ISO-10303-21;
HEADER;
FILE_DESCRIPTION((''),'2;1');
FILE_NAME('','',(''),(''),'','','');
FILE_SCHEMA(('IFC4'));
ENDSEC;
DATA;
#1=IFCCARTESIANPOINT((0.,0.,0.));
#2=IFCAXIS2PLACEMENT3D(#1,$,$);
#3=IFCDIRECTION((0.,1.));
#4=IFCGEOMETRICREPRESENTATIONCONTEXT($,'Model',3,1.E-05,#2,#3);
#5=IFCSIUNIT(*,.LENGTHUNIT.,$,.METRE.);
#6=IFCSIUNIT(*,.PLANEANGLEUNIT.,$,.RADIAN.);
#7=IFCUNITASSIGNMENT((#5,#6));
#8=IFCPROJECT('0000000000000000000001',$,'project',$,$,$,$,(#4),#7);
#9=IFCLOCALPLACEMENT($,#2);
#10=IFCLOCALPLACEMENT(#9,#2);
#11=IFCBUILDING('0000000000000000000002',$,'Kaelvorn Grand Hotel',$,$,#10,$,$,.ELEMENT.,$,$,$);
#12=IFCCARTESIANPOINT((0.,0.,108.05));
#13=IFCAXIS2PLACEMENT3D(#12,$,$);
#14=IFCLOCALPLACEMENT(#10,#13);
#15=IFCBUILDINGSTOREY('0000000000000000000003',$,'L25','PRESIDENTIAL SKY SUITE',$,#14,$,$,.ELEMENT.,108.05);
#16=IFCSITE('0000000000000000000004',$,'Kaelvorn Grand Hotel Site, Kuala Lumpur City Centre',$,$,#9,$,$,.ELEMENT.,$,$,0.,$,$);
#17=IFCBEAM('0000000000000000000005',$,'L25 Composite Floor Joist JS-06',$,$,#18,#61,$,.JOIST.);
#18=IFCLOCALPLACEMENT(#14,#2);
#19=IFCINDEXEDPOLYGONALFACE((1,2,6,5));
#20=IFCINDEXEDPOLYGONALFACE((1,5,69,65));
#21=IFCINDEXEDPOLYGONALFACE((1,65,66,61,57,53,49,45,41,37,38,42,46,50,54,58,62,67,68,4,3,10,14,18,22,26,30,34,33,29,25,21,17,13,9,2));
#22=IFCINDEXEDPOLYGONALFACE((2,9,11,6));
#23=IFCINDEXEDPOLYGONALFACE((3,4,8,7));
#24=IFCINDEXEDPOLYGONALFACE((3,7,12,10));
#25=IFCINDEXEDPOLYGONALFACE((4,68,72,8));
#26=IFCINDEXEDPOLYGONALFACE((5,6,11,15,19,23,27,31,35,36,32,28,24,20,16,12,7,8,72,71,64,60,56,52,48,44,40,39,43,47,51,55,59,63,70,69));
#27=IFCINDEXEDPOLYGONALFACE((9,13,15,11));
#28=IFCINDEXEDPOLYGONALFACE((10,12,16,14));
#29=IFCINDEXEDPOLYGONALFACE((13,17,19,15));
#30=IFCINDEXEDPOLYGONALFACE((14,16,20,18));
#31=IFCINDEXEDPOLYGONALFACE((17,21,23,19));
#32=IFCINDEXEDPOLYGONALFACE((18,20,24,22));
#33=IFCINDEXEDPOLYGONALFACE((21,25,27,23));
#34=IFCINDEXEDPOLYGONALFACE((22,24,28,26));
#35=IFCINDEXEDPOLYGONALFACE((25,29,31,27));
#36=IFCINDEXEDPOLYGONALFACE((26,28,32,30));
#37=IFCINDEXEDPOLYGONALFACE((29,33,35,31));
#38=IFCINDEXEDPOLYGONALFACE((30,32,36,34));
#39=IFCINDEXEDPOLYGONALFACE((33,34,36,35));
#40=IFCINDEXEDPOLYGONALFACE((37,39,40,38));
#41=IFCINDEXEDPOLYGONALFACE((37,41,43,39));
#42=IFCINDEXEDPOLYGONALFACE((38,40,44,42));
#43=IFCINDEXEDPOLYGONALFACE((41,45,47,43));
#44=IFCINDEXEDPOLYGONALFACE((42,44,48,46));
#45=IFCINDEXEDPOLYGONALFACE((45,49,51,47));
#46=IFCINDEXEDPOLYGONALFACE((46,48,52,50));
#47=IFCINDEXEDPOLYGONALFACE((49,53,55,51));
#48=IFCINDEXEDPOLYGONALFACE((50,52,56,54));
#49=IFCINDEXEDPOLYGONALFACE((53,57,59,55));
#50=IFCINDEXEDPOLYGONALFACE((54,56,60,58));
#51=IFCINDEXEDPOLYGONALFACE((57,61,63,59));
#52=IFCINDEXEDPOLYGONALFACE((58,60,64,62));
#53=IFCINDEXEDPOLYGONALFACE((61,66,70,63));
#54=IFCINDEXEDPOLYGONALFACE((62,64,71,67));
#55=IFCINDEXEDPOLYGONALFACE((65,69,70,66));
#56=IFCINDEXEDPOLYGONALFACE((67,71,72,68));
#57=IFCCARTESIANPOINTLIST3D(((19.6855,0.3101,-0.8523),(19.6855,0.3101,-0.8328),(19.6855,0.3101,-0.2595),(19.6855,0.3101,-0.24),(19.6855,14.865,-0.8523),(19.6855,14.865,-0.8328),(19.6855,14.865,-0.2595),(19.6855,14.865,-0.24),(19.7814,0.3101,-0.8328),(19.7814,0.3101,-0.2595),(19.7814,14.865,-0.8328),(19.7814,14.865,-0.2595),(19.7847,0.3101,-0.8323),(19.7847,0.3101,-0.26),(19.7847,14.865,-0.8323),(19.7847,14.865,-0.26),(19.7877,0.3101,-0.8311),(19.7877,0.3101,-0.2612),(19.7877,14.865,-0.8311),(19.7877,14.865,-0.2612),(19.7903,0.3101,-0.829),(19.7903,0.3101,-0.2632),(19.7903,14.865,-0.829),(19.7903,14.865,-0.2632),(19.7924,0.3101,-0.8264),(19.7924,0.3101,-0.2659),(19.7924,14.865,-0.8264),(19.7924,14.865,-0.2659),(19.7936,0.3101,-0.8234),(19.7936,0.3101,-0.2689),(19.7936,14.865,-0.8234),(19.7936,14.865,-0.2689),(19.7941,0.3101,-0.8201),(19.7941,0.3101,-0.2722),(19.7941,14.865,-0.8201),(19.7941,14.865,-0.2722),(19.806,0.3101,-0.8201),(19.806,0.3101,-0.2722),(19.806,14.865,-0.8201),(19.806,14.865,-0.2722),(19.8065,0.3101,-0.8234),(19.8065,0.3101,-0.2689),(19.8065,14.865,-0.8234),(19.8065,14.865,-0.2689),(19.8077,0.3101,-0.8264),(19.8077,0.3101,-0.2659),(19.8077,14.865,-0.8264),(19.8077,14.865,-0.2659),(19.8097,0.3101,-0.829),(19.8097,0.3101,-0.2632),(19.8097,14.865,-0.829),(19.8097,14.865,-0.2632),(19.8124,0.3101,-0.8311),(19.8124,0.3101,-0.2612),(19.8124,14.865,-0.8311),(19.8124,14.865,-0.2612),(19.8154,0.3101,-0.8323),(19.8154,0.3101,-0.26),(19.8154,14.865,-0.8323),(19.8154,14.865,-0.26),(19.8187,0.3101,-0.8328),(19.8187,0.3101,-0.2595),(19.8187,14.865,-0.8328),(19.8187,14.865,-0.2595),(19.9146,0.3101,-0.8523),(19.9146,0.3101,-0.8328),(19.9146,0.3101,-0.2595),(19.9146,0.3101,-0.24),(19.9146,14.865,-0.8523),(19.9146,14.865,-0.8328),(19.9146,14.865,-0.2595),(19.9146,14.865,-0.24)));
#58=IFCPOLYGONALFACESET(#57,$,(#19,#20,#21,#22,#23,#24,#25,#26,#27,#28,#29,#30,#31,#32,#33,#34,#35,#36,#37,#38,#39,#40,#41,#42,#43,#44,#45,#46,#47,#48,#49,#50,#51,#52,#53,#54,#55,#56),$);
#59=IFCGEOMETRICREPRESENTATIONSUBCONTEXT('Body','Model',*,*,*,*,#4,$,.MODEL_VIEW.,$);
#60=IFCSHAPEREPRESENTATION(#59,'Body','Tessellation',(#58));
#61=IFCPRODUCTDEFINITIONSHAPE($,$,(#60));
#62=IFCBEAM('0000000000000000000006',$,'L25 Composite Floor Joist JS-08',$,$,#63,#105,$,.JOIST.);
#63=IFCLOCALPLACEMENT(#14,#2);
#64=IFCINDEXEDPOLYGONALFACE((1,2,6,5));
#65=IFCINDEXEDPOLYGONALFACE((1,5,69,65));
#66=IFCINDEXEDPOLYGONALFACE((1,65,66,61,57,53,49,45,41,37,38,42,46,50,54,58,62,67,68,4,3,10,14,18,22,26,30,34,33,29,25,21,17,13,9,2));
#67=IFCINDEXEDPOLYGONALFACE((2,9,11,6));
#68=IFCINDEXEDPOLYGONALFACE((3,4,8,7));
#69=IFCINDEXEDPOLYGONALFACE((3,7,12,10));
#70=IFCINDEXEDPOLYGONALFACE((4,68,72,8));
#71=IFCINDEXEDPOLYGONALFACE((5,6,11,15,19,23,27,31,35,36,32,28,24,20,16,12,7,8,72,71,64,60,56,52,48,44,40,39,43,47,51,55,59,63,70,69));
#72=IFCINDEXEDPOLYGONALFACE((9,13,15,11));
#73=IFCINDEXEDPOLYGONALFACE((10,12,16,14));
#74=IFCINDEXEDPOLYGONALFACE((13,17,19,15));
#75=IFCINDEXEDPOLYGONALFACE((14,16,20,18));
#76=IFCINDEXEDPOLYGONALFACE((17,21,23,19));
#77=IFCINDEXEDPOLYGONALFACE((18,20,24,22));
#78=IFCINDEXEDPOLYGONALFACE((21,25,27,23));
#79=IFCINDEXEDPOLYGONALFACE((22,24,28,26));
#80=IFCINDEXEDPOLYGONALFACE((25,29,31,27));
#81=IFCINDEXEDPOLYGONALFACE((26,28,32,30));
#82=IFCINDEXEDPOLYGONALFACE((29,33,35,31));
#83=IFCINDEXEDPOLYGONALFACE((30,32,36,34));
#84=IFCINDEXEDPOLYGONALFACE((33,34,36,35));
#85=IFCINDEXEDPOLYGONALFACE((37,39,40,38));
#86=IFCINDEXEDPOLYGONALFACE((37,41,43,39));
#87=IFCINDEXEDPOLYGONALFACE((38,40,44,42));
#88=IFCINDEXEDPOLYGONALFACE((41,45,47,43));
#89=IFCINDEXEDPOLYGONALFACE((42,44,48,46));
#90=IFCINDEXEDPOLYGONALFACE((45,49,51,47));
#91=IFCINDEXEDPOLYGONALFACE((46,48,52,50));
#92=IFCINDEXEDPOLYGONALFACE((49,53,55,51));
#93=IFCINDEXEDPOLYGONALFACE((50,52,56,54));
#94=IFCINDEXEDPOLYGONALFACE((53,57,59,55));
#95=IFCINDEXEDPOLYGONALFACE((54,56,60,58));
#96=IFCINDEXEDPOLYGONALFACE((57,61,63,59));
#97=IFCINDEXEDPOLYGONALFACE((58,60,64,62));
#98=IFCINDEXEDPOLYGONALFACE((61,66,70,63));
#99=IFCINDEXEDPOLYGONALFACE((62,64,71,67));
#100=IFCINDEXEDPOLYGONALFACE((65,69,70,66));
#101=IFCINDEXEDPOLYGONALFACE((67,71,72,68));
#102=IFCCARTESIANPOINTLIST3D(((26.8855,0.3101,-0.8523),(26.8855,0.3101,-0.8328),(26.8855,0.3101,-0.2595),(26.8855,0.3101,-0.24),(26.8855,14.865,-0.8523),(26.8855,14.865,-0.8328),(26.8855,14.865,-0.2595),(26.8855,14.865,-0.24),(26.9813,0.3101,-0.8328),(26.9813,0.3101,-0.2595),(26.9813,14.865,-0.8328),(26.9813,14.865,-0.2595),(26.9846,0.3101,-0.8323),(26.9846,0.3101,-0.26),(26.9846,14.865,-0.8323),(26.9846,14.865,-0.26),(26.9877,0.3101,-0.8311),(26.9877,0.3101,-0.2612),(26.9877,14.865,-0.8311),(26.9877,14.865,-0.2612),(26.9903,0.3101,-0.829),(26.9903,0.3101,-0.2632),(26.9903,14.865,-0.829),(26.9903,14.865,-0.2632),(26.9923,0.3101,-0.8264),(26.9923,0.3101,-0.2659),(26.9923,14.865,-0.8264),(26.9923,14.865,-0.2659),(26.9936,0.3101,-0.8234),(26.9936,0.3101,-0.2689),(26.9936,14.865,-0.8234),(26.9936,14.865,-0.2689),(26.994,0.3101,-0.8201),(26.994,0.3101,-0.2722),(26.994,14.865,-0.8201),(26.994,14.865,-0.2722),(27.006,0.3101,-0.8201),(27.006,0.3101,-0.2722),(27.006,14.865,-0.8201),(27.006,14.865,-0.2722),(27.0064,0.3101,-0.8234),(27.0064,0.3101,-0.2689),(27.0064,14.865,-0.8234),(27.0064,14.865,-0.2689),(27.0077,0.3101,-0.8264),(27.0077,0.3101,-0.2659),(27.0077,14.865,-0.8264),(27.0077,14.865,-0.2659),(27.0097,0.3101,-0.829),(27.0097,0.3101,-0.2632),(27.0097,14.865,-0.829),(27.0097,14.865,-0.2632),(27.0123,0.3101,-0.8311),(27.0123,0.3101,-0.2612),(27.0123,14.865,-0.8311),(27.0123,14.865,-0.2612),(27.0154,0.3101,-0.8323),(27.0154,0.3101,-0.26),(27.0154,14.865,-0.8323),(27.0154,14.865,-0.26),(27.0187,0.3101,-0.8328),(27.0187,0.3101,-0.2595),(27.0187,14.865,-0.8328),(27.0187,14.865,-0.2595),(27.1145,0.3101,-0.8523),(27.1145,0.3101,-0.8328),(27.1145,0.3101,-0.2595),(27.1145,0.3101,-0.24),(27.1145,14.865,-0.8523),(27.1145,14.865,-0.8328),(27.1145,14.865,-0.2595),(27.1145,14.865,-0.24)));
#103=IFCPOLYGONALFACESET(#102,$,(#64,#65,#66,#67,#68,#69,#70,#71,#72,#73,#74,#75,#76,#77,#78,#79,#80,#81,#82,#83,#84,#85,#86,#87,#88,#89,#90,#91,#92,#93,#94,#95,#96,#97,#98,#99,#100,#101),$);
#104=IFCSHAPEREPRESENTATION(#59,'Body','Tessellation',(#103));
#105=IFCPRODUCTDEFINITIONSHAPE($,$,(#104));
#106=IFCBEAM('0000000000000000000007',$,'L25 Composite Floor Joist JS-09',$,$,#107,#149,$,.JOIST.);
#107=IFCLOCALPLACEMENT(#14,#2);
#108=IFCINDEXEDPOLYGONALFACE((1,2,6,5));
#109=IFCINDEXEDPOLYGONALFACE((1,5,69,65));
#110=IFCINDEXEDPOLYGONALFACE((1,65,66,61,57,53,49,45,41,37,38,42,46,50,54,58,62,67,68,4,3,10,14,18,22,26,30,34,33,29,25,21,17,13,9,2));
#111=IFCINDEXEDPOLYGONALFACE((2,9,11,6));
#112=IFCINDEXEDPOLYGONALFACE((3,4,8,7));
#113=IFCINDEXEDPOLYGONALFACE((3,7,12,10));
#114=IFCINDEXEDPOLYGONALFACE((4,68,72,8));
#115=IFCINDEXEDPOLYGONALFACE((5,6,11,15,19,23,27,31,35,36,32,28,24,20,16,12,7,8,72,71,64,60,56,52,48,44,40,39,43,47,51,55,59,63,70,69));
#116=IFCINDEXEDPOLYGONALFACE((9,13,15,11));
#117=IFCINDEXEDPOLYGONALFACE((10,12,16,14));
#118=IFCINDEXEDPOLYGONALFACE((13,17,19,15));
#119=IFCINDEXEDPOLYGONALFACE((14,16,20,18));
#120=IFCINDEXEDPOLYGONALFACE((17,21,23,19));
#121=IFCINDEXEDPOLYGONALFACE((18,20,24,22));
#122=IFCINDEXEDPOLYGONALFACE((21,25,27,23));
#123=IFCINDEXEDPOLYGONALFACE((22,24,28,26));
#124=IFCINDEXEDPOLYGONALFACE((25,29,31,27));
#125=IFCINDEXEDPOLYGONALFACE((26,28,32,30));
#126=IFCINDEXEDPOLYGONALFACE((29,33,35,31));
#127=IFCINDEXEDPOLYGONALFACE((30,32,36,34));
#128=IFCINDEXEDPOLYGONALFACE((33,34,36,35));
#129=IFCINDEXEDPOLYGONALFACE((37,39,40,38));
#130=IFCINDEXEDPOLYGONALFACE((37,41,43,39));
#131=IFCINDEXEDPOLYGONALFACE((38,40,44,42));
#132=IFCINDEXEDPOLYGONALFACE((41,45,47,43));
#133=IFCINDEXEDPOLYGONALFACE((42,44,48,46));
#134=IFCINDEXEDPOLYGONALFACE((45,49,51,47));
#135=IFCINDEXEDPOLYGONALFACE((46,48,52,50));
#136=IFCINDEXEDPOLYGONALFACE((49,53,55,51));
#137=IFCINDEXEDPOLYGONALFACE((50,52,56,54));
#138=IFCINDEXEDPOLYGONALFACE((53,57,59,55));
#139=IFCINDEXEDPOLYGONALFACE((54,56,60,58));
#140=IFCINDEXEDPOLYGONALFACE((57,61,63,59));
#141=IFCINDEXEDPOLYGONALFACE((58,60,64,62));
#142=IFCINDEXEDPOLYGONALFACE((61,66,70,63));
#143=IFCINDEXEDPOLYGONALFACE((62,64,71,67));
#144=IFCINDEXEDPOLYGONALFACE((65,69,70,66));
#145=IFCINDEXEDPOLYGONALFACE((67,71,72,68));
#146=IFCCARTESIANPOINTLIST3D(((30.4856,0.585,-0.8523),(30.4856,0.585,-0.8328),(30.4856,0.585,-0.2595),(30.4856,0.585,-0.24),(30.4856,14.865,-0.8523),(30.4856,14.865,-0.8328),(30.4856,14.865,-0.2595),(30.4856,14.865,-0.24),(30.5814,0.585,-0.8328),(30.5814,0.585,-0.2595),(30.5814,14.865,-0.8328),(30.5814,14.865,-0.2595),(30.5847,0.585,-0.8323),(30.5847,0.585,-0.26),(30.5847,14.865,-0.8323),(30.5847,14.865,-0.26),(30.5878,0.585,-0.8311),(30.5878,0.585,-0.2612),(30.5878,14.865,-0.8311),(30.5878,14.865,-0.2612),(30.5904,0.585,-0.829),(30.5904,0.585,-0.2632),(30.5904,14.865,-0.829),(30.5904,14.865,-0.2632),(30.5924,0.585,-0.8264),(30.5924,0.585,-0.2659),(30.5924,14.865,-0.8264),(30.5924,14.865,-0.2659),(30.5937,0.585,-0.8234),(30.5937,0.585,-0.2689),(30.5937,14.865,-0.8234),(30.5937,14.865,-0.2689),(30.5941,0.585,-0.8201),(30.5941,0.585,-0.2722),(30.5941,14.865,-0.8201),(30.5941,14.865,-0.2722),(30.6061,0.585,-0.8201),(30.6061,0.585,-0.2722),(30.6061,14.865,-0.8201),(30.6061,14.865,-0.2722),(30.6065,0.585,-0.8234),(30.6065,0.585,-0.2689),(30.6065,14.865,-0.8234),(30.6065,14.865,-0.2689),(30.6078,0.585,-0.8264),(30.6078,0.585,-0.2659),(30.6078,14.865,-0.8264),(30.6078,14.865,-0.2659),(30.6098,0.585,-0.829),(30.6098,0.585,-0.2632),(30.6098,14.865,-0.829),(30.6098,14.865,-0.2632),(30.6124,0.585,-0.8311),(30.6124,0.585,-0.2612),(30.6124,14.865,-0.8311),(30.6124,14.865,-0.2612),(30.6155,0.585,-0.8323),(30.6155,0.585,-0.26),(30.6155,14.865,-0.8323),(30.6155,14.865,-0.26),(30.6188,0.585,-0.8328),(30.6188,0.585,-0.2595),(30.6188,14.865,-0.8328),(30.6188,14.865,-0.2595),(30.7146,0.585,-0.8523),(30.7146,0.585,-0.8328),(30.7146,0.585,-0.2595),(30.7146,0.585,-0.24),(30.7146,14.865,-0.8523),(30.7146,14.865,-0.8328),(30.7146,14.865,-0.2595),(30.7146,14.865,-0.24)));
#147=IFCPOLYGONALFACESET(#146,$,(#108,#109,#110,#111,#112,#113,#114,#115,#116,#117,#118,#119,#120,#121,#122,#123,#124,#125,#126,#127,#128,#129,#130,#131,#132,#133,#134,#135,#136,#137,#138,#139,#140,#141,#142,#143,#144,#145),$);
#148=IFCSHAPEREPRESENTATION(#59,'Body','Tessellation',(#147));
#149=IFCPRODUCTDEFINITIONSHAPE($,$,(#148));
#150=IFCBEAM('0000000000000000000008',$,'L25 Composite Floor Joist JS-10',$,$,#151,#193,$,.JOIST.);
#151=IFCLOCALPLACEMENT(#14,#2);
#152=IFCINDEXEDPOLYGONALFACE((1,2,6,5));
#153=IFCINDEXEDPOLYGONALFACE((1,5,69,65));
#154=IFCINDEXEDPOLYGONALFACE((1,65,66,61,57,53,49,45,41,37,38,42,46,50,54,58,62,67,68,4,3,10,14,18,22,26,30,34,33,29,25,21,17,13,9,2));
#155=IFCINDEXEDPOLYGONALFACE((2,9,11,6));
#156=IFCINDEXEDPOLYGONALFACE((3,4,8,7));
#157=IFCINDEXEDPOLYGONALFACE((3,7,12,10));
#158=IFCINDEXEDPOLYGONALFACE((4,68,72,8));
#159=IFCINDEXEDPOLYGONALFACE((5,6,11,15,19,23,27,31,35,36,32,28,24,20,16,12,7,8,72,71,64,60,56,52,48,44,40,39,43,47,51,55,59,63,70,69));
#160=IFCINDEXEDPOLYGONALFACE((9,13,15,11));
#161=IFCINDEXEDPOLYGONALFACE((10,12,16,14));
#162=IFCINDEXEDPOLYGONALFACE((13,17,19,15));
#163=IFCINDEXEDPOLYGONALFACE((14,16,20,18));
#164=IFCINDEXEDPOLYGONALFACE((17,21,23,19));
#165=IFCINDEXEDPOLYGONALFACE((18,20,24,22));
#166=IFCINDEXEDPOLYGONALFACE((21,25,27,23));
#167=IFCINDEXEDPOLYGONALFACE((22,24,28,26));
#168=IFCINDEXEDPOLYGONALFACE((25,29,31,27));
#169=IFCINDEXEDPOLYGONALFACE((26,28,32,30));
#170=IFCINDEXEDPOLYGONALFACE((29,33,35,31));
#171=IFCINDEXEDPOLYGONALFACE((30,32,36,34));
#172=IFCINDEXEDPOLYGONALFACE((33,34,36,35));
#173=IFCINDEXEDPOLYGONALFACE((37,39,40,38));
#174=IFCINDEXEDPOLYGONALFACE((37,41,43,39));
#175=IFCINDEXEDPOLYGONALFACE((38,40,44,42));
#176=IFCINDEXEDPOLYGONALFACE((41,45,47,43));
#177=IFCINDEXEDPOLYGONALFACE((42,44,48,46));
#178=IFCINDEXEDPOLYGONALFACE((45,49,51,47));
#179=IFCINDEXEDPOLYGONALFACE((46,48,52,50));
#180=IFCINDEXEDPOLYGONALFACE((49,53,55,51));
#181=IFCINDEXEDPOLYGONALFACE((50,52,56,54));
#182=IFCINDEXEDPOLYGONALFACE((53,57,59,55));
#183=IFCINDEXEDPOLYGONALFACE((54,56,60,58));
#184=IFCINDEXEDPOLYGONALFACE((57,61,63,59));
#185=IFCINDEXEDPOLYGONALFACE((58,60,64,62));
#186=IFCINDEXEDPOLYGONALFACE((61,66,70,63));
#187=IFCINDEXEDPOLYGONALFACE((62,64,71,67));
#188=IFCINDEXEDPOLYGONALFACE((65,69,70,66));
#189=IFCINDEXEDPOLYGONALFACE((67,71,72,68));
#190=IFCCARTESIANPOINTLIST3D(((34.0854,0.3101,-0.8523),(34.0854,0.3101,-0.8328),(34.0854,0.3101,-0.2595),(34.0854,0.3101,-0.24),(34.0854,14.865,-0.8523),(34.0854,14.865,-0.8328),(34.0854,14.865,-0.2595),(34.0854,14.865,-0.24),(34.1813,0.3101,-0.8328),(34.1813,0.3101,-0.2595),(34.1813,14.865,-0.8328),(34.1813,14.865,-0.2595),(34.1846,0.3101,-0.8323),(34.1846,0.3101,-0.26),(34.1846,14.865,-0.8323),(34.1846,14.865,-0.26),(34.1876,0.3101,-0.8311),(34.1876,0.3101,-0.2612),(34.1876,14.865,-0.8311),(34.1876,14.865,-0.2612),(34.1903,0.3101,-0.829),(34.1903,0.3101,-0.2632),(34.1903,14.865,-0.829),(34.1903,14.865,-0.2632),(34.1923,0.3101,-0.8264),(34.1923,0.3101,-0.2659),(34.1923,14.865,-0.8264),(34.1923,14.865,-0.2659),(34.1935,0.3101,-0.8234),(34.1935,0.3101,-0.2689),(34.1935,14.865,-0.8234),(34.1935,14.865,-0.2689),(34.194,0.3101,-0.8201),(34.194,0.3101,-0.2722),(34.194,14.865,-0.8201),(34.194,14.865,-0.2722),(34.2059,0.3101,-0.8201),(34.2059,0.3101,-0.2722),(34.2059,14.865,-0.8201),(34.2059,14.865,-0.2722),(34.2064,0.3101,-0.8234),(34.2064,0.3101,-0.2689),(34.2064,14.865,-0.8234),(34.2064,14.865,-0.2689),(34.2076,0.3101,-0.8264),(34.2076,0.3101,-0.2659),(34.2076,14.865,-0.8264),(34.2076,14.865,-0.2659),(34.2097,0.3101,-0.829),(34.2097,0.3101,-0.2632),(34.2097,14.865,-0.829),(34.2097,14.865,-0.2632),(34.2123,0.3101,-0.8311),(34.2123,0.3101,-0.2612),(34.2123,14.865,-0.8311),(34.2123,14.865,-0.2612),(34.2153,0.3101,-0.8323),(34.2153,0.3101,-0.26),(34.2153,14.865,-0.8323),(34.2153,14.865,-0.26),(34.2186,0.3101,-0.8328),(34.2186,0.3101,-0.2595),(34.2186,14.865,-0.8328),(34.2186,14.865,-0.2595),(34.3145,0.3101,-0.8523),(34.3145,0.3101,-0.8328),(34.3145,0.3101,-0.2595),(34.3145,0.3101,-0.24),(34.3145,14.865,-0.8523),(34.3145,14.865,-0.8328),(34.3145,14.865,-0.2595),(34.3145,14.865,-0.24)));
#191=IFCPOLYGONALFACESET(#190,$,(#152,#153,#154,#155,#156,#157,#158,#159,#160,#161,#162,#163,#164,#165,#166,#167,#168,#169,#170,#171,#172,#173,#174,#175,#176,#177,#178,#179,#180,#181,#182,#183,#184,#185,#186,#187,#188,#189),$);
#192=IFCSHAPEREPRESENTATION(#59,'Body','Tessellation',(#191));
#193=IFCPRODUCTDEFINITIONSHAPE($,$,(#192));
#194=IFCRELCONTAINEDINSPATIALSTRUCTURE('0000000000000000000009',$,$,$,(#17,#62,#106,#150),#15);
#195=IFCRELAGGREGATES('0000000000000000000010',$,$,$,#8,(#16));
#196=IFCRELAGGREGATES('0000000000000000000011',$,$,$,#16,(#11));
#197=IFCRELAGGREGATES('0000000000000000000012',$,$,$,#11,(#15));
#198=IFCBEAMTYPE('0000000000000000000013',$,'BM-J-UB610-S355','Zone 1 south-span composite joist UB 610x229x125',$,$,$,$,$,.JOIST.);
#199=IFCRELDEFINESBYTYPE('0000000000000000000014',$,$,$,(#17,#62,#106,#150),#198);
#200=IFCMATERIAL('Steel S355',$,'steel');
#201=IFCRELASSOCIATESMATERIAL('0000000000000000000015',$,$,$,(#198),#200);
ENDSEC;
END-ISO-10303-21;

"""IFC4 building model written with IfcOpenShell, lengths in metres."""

from ifc_helpers import new_model, si_unit, direction, frame, origin, origin_2d, place, context, subcontext, project, spatial, i_section, extrude, material, material_profile, profile_set, type_object, element, save


model = new_model("IFC4")

# Units and contexts
model_context = context("Model", 3, precision=1e-05, world=origin(), true_north=direction((0.0, 1.0)))
body_context = subcontext(model_context, "Body", "Model", "MODEL_VIEW")
ifc_project = project(units=[si_unit("LENGTHUNIT", "METRE"), si_unit("PLANEANGLEUNIT", "RADIAN")], contexts=[model_context])

# Site, building, storey
site_placement = place(None, origin())
site = spatial("IfcSite", under=ifc_project, at=site_placement, Name="Kaelvorn Grand Hotel Site, Kuala Lumpur City Centre", CompositionType="ELEMENT", RefElevation=0.0)
building_placement = place(site_placement, origin())
building = spatial("IfcBuilding", under=site, at=building_placement, Name="Kaelvorn Grand Hotel", CompositionType="ELEMENT")
storey_placement = place(building_placement, frame((0.0, 0.0, 108.05)))
storey = spatial("IfcBuildingStorey", under=building, at=storey_placement, Name="L25", Description="PRESIDENTIAL SKY SUITE", CompositionType="ELEMENT", Elevation=108.05)

# Beams
ifc_material_1 = material(Name="Steel S355", Category="steel")
ifc_material_profile_1 = material_profile(ifc_material_1, i_section(OverallWidth=0.229, OverallDepth=0.6123, WebThickness=0.012, FlangeThickness=0.0195, FilletRadius=0.0127, at=origin_2d()), Name="UB 610x229x125")
ifc_profile_set_1 = profile_set([ifc_material_profile_1], Name="Steel S355")
beam_type_1 = type_object("IfcBeamType", Name="BM-J-UB610-S355", Description="Zone 1 south-span composite joist UB 610x229x125", PredefinedType="JOIST", material=ifc_profile_set_1)
for number, where, z_axis, x_axis, name in (
    (1, (19.8, 0.3101, -0.5461), (0.0, 1.0, 0.0), (-1.0, 0.0, 0.0), "L25 Composite Floor Joist JS-06"),
    (2, (27.0, 0.3101, -0.5461), (0.0, 1.0, 0.0), (-1.0, 0.0, 0.0), "L25 Composite Floor Joist JS-08"),
):
    element("IfcBeam", number, at=place(storey_placement, frame(where, z_axis=z_axis, x_axis=x_axis)), inside=storey, type_object=beam_type_1, Name=name, PredefinedType="JOIST", context=body_context, shape_type="SweptSolid", body=[
        extrude(i_section(OverallWidth=0.229, OverallDepth=0.6123, WebThickness=0.012, FlangeThickness=0.0195, FilletRadius=0.0127, at=origin_2d()), origin(), (0.0, 0.0, 1.0), 14.5549),
    ])
beam_1_placement = place(storey_placement, frame((30.6001, 0.585, -0.5461), z_axis=(0.0, 1.0, 0.0), x_axis=(-1.0, 0.0, 0.0)))
element("IfcBeam", 3, at=beam_1_placement, inside=storey, type_object=beam_type_1, Name="L25 Composite Floor Joist JS-09", PredefinedType="JOIST", context=body_context, shape_type="SweptSolid", body=[
    extrude(i_section(OverallWidth=0.229, OverallDepth=0.6123, WebThickness=0.012, FlangeThickness=0.0195, FilletRadius=0.0127, at=origin_2d()), origin(), (0.0, 0.0, 1.0), 14.28),
])
beam_2_placement = place(storey_placement, frame((34.2, 0.3101, -0.5461), z_axis=(0.0, 1.0, 0.0), x_axis=(-1.0, 0.0, 0.0)))
element("IfcBeam", 4, at=beam_2_placement, inside=storey, type_object=beam_type_1, Name="L25 Composite Floor Joist JS-10", PredefinedType="JOIST", context=body_context, shape_type="SweptSolid", body=[
    extrude(i_section(OverallWidth=0.229, OverallDepth=0.6123, WebThickness=0.012, FlangeThickness=0.0195, FilletRadius=0.0127, at=origin_2d()), origin(), (0.0, 0.0, 1.0), 14.5549),
])

save(model, "model.ifc")
